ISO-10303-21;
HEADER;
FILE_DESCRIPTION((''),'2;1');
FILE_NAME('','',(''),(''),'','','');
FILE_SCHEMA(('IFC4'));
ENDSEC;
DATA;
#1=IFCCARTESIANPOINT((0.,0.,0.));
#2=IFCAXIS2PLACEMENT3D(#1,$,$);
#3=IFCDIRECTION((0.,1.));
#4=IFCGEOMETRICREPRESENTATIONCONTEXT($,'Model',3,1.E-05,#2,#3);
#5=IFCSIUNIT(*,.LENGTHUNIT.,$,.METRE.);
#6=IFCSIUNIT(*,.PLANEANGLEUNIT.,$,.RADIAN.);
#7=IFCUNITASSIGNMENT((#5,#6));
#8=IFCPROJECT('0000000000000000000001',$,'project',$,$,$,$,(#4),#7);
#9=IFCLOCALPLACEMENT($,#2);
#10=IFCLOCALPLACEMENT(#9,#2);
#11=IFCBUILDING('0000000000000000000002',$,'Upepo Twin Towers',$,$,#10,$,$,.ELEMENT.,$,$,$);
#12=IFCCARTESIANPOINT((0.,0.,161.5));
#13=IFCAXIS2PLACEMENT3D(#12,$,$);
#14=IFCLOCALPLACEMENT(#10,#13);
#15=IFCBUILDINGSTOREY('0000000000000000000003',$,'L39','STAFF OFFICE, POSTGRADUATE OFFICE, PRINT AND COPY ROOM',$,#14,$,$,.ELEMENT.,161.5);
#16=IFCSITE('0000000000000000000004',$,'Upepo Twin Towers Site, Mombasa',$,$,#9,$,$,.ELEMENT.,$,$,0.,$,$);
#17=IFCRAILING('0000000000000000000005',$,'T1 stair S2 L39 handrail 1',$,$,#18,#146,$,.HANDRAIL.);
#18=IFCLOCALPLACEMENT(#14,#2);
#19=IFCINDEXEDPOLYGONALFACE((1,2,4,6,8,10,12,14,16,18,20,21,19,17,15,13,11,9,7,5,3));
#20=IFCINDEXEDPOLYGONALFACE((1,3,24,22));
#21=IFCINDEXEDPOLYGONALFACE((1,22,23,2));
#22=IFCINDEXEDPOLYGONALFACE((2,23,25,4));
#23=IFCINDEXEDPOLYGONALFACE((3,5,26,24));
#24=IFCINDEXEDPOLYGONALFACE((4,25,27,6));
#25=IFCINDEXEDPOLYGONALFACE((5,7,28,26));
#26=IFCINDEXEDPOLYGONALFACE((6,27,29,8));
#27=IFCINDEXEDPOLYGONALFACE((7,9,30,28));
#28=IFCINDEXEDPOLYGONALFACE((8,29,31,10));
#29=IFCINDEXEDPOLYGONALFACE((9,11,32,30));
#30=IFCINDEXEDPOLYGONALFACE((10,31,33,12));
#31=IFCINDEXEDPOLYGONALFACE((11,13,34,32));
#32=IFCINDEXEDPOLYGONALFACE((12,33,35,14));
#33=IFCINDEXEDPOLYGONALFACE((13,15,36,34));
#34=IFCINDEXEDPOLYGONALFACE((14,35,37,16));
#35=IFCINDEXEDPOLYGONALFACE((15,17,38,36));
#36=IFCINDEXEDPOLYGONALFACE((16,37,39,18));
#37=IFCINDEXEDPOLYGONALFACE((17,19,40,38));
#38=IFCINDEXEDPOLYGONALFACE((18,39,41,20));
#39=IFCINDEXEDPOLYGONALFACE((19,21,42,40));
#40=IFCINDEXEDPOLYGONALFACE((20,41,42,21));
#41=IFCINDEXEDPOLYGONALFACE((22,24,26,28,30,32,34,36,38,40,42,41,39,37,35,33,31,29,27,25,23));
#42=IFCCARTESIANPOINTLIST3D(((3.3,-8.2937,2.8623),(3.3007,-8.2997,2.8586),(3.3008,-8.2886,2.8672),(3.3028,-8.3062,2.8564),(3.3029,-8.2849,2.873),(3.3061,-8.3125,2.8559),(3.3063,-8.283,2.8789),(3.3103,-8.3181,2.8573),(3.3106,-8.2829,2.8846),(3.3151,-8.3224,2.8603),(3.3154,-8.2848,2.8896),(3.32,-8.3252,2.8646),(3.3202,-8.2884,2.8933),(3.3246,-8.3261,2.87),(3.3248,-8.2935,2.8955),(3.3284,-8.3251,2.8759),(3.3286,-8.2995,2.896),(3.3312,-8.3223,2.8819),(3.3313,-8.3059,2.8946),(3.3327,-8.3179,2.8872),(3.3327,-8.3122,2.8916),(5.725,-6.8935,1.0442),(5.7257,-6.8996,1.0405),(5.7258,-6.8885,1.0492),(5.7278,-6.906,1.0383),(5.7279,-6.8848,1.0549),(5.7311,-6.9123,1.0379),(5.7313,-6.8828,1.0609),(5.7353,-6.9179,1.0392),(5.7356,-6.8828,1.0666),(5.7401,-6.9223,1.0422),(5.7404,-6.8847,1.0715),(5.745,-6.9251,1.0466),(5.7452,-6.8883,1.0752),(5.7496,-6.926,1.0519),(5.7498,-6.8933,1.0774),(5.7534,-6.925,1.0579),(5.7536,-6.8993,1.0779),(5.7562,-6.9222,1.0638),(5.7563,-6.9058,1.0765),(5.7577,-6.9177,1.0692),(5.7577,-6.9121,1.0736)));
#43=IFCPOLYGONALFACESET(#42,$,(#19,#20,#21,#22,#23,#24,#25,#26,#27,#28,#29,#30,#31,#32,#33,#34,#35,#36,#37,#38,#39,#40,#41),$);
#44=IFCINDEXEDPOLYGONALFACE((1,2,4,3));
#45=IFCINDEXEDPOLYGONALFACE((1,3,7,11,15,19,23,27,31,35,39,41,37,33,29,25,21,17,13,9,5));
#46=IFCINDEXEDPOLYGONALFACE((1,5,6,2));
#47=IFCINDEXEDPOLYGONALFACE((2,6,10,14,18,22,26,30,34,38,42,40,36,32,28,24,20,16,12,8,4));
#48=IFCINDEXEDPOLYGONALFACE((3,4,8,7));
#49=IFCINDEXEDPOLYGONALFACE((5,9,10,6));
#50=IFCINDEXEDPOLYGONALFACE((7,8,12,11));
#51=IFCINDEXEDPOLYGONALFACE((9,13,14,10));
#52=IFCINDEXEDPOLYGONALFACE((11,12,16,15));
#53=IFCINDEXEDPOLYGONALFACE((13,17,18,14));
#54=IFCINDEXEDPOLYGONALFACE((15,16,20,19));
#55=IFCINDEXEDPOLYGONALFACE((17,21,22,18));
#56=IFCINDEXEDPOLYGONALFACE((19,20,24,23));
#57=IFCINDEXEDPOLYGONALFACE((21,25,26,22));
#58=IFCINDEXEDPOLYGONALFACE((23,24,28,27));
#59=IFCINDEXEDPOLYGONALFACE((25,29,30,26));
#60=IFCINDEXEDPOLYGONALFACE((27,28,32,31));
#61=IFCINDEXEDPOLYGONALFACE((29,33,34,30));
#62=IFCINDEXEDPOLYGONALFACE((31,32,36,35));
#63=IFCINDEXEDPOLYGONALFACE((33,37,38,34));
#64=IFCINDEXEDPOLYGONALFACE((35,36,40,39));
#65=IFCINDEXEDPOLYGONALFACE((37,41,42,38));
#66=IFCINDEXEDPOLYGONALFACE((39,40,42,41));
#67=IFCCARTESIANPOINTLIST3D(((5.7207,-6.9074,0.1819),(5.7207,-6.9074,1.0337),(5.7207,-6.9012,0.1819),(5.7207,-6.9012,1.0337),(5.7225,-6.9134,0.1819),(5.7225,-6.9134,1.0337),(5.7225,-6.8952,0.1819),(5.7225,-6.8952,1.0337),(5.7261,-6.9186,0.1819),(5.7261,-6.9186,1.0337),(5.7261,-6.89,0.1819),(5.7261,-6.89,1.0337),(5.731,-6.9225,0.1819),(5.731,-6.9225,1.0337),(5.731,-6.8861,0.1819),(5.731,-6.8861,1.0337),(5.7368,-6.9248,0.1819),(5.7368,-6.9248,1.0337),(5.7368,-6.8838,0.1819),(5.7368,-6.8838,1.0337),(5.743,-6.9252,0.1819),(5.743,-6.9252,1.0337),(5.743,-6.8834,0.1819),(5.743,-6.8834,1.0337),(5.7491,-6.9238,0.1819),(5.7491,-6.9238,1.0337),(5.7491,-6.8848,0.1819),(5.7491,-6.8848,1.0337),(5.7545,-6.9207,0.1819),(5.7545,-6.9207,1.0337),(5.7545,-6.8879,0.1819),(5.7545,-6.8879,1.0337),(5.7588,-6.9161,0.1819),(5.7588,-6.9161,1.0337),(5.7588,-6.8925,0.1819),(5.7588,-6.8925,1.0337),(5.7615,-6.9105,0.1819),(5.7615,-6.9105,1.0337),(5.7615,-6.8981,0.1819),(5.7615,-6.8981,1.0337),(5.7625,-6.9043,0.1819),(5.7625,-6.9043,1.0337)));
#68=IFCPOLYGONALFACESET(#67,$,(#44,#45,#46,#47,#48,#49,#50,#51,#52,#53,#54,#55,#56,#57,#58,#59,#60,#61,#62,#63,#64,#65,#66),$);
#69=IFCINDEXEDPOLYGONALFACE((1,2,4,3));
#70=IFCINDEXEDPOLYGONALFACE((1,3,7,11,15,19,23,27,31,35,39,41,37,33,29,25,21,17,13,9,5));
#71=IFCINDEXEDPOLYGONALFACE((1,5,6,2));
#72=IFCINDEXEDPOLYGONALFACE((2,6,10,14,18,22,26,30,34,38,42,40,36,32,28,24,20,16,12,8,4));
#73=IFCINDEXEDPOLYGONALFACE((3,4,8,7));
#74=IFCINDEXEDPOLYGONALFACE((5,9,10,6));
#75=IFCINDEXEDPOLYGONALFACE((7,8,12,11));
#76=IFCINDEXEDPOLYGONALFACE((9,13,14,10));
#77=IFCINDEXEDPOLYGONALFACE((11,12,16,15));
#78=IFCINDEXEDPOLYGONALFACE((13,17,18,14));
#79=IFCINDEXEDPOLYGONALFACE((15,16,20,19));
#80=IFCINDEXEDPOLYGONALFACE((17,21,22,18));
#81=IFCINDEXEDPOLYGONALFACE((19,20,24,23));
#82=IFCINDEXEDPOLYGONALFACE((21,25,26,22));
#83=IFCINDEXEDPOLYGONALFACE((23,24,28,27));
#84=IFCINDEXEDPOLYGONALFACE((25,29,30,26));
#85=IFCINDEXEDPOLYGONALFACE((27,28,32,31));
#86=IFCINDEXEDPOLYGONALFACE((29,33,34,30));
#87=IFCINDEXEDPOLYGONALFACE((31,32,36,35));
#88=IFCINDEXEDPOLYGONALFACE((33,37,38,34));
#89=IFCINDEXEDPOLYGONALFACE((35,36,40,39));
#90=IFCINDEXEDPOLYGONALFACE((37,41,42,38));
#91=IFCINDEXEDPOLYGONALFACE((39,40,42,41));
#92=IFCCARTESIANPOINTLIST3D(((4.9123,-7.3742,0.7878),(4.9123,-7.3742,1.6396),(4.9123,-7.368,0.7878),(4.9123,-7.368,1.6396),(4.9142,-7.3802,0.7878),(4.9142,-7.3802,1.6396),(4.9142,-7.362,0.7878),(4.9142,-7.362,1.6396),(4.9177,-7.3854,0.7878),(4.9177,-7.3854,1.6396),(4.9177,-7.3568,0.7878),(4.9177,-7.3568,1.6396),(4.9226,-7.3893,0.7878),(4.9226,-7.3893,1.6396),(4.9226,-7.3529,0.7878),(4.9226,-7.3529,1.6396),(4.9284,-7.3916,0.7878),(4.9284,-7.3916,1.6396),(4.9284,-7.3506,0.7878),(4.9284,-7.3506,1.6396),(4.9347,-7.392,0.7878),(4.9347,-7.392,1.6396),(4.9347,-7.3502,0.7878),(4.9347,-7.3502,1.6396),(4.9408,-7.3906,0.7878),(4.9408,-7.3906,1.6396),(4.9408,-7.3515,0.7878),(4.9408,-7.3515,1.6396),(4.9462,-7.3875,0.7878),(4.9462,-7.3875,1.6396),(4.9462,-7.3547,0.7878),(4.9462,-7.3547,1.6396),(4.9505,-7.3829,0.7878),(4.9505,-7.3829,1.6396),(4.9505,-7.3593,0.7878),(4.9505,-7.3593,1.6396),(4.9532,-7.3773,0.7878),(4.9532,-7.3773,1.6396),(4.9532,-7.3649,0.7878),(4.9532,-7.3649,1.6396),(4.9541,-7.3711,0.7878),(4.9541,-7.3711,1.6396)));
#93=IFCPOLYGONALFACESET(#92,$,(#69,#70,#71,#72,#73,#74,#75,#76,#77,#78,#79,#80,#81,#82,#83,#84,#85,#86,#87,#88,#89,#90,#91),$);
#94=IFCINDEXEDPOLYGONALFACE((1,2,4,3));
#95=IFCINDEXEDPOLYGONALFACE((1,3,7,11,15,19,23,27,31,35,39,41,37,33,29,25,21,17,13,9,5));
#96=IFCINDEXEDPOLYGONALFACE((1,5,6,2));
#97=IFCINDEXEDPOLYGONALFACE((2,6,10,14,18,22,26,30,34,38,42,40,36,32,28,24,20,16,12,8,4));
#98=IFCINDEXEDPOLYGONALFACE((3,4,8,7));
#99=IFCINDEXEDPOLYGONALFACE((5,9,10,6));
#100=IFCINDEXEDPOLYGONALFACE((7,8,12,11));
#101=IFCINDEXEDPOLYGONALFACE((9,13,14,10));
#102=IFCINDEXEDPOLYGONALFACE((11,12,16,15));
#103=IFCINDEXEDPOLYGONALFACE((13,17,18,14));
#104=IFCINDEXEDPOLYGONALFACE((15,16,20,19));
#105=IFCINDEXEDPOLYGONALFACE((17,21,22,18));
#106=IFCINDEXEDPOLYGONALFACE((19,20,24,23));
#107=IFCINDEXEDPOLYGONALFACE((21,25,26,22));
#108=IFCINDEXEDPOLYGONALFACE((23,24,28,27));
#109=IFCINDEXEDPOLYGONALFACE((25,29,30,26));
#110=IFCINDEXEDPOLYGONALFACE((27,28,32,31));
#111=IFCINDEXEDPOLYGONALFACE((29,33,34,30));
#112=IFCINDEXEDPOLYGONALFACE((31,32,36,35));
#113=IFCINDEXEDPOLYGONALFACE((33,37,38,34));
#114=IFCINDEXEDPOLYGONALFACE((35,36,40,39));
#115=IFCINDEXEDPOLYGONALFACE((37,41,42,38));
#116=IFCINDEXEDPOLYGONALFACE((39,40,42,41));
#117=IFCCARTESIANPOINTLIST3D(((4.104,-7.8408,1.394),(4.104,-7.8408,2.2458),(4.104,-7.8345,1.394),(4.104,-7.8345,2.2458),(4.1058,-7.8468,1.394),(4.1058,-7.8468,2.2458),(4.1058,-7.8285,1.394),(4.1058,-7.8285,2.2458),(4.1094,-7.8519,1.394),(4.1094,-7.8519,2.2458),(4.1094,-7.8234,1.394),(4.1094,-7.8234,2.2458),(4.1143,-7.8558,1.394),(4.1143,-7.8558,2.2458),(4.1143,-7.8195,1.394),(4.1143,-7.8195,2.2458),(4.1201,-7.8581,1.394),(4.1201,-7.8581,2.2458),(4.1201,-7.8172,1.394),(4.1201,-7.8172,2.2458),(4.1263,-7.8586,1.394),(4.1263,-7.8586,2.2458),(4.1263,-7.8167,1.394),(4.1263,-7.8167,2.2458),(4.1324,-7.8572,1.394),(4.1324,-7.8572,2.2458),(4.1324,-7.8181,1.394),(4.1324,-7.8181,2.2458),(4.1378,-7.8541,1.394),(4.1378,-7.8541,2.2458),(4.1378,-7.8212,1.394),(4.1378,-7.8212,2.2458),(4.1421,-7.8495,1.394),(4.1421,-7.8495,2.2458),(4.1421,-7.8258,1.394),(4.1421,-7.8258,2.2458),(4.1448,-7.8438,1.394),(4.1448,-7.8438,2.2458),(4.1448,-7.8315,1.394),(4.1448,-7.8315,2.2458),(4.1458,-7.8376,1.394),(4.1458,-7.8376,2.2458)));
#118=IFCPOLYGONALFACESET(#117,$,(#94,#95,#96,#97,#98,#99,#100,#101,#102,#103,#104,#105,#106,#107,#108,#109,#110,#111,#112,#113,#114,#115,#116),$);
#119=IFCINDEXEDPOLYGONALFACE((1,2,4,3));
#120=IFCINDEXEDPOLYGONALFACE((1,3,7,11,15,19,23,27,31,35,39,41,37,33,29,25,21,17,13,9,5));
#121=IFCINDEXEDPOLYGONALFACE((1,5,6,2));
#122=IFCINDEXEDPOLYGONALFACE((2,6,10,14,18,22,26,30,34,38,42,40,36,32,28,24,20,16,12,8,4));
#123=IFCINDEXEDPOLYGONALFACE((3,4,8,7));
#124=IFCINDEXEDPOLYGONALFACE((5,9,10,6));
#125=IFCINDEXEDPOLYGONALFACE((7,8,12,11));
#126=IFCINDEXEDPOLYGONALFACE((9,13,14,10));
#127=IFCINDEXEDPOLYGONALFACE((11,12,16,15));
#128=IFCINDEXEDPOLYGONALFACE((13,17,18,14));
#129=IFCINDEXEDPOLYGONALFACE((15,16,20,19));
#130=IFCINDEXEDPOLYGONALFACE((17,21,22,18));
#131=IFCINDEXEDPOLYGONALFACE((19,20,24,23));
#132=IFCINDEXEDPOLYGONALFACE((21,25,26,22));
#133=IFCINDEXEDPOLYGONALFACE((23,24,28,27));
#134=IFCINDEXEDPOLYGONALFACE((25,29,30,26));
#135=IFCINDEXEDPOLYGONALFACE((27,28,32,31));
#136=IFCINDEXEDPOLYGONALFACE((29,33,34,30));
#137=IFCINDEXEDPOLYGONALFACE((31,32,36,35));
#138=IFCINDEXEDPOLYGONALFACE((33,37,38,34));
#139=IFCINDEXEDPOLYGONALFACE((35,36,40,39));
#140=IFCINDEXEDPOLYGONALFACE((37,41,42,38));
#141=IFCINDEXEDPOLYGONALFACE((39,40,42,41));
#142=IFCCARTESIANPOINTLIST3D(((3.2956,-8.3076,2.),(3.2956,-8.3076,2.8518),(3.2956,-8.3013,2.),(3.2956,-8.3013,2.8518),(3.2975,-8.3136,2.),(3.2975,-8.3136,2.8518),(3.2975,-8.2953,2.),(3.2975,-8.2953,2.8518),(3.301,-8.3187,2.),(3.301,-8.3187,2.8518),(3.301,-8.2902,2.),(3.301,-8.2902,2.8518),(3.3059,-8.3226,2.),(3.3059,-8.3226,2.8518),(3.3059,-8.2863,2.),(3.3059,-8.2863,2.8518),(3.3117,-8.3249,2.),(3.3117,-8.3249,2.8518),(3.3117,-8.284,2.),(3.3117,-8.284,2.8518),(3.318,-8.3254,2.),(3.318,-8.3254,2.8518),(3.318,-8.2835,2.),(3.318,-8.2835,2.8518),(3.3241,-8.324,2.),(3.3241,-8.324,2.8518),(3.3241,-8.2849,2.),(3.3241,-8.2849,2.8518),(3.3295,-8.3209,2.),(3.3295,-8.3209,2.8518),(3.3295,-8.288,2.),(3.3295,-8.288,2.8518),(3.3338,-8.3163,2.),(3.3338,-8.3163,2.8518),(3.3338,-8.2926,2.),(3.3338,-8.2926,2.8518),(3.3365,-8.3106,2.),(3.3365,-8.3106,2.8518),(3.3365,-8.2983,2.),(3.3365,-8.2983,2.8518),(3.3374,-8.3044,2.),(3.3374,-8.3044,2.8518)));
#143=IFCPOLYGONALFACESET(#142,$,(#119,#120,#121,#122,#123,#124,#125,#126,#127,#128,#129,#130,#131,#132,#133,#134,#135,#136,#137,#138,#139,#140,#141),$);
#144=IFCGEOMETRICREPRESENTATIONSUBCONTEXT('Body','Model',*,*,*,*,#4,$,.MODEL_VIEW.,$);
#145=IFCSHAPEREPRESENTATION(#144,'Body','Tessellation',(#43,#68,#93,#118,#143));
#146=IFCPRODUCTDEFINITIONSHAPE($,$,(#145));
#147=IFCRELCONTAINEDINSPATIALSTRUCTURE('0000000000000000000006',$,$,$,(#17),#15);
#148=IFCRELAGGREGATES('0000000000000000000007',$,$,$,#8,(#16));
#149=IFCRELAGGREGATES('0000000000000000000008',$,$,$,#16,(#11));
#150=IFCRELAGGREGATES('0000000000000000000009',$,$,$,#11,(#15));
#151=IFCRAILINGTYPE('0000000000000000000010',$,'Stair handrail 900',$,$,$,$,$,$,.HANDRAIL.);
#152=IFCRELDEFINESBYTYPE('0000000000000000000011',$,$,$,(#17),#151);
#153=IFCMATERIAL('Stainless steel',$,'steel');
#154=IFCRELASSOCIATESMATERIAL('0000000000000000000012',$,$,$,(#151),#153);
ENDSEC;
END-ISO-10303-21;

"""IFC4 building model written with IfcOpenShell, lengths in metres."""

from ifc_helpers import new_model, si_unit, direction, frame, origin, origin_2d, place, context, subcontext, project, spatial, circle, extrude, material, type_object, element, save


model = new_model("IFC4")

# Units and contexts
model_context = context("Model", 3, precision=1e-05, world=origin(), true_north=direction((0.0, 1.0)))
body_context = subcontext(model_context, "Body", "Model", "MODEL_VIEW")
ifc_project = project(units=[si_unit("LENGTHUNIT", "METRE"), si_unit("PLANEANGLEUNIT", "RADIAN")], contexts=[model_context])

# Site, building, storey
site_placement = place(None, origin())
site = spatial("IfcSite", under=ifc_project, at=site_placement, Name="Upepo Twin Towers Site, Mombasa", CompositionType="ELEMENT", RefElevation=0.0)
building_placement = place(site_placement, origin())
building = spatial("IfcBuilding", under=site, at=building_placement, Name="Upepo Twin Towers", CompositionType="ELEMENT")
storey_placement = place(building_placement, frame((0.0, 0.0, 161.5)))
storey = spatial("IfcBuildingStorey", under=building, at=storey_placement, Name="L39", Description="STAFF OFFICE, POSTGRADUATE OFFICE, PRINT AND COPY ROOM", CompositionType="ELEMENT", Elevation=161.5)

# Railing
ifc_material_1 = material(Name="Stainless steel", Category="steel")
railing_type = type_object("IfcRailingType", Name="Stair handrail 900", PredefinedType="HANDRAIL", material=ifc_material_1)
railing_1_placement = place(storey_placement, frame((5.7415, -6.9043, 0.1819)))
element("IfcRailing", 1, at=railing_1_placement, inside=storey, type_object=railing_type, Name="T1 stair S2 L39 handrail 1", PredefinedType="HANDRAIL", context=body_context, shape_type="SweptSolid", body=[
    extrude(circle(Radius=0.0239, at=origin_2d()), frame((0.0, 0.0, 0.876), z_axis=(-0.726349, -0.419371, 0.54456), x_axis=(0.500012, -0.866019, 0.0)), (0.0, 0.0, 1.0), 3.3386),
    extrude(circle(Radius=0.021, at=origin_2d()), origin(), (0.0, 0.0, 1.0), 0.8518),
    extrude(circle(Radius=0.021, at=origin_2d()), frame((-0.8083, -0.4668, 0.606)), (0.0, 0.0, 1.0), 0.8518),
    extrude(circle(Radius=0.021, at=origin_2d()), frame((-1.6167, -0.9333, 1.2122)), (0.0, 0.0, 1.0), 0.8518),
    extrude(circle(Radius=0.021, at=origin_2d()), frame((-2.425, -1.4001, 1.8181)), (0.0, 0.0, 1.0), 0.8518),
])

save(model, "model.ifc")
